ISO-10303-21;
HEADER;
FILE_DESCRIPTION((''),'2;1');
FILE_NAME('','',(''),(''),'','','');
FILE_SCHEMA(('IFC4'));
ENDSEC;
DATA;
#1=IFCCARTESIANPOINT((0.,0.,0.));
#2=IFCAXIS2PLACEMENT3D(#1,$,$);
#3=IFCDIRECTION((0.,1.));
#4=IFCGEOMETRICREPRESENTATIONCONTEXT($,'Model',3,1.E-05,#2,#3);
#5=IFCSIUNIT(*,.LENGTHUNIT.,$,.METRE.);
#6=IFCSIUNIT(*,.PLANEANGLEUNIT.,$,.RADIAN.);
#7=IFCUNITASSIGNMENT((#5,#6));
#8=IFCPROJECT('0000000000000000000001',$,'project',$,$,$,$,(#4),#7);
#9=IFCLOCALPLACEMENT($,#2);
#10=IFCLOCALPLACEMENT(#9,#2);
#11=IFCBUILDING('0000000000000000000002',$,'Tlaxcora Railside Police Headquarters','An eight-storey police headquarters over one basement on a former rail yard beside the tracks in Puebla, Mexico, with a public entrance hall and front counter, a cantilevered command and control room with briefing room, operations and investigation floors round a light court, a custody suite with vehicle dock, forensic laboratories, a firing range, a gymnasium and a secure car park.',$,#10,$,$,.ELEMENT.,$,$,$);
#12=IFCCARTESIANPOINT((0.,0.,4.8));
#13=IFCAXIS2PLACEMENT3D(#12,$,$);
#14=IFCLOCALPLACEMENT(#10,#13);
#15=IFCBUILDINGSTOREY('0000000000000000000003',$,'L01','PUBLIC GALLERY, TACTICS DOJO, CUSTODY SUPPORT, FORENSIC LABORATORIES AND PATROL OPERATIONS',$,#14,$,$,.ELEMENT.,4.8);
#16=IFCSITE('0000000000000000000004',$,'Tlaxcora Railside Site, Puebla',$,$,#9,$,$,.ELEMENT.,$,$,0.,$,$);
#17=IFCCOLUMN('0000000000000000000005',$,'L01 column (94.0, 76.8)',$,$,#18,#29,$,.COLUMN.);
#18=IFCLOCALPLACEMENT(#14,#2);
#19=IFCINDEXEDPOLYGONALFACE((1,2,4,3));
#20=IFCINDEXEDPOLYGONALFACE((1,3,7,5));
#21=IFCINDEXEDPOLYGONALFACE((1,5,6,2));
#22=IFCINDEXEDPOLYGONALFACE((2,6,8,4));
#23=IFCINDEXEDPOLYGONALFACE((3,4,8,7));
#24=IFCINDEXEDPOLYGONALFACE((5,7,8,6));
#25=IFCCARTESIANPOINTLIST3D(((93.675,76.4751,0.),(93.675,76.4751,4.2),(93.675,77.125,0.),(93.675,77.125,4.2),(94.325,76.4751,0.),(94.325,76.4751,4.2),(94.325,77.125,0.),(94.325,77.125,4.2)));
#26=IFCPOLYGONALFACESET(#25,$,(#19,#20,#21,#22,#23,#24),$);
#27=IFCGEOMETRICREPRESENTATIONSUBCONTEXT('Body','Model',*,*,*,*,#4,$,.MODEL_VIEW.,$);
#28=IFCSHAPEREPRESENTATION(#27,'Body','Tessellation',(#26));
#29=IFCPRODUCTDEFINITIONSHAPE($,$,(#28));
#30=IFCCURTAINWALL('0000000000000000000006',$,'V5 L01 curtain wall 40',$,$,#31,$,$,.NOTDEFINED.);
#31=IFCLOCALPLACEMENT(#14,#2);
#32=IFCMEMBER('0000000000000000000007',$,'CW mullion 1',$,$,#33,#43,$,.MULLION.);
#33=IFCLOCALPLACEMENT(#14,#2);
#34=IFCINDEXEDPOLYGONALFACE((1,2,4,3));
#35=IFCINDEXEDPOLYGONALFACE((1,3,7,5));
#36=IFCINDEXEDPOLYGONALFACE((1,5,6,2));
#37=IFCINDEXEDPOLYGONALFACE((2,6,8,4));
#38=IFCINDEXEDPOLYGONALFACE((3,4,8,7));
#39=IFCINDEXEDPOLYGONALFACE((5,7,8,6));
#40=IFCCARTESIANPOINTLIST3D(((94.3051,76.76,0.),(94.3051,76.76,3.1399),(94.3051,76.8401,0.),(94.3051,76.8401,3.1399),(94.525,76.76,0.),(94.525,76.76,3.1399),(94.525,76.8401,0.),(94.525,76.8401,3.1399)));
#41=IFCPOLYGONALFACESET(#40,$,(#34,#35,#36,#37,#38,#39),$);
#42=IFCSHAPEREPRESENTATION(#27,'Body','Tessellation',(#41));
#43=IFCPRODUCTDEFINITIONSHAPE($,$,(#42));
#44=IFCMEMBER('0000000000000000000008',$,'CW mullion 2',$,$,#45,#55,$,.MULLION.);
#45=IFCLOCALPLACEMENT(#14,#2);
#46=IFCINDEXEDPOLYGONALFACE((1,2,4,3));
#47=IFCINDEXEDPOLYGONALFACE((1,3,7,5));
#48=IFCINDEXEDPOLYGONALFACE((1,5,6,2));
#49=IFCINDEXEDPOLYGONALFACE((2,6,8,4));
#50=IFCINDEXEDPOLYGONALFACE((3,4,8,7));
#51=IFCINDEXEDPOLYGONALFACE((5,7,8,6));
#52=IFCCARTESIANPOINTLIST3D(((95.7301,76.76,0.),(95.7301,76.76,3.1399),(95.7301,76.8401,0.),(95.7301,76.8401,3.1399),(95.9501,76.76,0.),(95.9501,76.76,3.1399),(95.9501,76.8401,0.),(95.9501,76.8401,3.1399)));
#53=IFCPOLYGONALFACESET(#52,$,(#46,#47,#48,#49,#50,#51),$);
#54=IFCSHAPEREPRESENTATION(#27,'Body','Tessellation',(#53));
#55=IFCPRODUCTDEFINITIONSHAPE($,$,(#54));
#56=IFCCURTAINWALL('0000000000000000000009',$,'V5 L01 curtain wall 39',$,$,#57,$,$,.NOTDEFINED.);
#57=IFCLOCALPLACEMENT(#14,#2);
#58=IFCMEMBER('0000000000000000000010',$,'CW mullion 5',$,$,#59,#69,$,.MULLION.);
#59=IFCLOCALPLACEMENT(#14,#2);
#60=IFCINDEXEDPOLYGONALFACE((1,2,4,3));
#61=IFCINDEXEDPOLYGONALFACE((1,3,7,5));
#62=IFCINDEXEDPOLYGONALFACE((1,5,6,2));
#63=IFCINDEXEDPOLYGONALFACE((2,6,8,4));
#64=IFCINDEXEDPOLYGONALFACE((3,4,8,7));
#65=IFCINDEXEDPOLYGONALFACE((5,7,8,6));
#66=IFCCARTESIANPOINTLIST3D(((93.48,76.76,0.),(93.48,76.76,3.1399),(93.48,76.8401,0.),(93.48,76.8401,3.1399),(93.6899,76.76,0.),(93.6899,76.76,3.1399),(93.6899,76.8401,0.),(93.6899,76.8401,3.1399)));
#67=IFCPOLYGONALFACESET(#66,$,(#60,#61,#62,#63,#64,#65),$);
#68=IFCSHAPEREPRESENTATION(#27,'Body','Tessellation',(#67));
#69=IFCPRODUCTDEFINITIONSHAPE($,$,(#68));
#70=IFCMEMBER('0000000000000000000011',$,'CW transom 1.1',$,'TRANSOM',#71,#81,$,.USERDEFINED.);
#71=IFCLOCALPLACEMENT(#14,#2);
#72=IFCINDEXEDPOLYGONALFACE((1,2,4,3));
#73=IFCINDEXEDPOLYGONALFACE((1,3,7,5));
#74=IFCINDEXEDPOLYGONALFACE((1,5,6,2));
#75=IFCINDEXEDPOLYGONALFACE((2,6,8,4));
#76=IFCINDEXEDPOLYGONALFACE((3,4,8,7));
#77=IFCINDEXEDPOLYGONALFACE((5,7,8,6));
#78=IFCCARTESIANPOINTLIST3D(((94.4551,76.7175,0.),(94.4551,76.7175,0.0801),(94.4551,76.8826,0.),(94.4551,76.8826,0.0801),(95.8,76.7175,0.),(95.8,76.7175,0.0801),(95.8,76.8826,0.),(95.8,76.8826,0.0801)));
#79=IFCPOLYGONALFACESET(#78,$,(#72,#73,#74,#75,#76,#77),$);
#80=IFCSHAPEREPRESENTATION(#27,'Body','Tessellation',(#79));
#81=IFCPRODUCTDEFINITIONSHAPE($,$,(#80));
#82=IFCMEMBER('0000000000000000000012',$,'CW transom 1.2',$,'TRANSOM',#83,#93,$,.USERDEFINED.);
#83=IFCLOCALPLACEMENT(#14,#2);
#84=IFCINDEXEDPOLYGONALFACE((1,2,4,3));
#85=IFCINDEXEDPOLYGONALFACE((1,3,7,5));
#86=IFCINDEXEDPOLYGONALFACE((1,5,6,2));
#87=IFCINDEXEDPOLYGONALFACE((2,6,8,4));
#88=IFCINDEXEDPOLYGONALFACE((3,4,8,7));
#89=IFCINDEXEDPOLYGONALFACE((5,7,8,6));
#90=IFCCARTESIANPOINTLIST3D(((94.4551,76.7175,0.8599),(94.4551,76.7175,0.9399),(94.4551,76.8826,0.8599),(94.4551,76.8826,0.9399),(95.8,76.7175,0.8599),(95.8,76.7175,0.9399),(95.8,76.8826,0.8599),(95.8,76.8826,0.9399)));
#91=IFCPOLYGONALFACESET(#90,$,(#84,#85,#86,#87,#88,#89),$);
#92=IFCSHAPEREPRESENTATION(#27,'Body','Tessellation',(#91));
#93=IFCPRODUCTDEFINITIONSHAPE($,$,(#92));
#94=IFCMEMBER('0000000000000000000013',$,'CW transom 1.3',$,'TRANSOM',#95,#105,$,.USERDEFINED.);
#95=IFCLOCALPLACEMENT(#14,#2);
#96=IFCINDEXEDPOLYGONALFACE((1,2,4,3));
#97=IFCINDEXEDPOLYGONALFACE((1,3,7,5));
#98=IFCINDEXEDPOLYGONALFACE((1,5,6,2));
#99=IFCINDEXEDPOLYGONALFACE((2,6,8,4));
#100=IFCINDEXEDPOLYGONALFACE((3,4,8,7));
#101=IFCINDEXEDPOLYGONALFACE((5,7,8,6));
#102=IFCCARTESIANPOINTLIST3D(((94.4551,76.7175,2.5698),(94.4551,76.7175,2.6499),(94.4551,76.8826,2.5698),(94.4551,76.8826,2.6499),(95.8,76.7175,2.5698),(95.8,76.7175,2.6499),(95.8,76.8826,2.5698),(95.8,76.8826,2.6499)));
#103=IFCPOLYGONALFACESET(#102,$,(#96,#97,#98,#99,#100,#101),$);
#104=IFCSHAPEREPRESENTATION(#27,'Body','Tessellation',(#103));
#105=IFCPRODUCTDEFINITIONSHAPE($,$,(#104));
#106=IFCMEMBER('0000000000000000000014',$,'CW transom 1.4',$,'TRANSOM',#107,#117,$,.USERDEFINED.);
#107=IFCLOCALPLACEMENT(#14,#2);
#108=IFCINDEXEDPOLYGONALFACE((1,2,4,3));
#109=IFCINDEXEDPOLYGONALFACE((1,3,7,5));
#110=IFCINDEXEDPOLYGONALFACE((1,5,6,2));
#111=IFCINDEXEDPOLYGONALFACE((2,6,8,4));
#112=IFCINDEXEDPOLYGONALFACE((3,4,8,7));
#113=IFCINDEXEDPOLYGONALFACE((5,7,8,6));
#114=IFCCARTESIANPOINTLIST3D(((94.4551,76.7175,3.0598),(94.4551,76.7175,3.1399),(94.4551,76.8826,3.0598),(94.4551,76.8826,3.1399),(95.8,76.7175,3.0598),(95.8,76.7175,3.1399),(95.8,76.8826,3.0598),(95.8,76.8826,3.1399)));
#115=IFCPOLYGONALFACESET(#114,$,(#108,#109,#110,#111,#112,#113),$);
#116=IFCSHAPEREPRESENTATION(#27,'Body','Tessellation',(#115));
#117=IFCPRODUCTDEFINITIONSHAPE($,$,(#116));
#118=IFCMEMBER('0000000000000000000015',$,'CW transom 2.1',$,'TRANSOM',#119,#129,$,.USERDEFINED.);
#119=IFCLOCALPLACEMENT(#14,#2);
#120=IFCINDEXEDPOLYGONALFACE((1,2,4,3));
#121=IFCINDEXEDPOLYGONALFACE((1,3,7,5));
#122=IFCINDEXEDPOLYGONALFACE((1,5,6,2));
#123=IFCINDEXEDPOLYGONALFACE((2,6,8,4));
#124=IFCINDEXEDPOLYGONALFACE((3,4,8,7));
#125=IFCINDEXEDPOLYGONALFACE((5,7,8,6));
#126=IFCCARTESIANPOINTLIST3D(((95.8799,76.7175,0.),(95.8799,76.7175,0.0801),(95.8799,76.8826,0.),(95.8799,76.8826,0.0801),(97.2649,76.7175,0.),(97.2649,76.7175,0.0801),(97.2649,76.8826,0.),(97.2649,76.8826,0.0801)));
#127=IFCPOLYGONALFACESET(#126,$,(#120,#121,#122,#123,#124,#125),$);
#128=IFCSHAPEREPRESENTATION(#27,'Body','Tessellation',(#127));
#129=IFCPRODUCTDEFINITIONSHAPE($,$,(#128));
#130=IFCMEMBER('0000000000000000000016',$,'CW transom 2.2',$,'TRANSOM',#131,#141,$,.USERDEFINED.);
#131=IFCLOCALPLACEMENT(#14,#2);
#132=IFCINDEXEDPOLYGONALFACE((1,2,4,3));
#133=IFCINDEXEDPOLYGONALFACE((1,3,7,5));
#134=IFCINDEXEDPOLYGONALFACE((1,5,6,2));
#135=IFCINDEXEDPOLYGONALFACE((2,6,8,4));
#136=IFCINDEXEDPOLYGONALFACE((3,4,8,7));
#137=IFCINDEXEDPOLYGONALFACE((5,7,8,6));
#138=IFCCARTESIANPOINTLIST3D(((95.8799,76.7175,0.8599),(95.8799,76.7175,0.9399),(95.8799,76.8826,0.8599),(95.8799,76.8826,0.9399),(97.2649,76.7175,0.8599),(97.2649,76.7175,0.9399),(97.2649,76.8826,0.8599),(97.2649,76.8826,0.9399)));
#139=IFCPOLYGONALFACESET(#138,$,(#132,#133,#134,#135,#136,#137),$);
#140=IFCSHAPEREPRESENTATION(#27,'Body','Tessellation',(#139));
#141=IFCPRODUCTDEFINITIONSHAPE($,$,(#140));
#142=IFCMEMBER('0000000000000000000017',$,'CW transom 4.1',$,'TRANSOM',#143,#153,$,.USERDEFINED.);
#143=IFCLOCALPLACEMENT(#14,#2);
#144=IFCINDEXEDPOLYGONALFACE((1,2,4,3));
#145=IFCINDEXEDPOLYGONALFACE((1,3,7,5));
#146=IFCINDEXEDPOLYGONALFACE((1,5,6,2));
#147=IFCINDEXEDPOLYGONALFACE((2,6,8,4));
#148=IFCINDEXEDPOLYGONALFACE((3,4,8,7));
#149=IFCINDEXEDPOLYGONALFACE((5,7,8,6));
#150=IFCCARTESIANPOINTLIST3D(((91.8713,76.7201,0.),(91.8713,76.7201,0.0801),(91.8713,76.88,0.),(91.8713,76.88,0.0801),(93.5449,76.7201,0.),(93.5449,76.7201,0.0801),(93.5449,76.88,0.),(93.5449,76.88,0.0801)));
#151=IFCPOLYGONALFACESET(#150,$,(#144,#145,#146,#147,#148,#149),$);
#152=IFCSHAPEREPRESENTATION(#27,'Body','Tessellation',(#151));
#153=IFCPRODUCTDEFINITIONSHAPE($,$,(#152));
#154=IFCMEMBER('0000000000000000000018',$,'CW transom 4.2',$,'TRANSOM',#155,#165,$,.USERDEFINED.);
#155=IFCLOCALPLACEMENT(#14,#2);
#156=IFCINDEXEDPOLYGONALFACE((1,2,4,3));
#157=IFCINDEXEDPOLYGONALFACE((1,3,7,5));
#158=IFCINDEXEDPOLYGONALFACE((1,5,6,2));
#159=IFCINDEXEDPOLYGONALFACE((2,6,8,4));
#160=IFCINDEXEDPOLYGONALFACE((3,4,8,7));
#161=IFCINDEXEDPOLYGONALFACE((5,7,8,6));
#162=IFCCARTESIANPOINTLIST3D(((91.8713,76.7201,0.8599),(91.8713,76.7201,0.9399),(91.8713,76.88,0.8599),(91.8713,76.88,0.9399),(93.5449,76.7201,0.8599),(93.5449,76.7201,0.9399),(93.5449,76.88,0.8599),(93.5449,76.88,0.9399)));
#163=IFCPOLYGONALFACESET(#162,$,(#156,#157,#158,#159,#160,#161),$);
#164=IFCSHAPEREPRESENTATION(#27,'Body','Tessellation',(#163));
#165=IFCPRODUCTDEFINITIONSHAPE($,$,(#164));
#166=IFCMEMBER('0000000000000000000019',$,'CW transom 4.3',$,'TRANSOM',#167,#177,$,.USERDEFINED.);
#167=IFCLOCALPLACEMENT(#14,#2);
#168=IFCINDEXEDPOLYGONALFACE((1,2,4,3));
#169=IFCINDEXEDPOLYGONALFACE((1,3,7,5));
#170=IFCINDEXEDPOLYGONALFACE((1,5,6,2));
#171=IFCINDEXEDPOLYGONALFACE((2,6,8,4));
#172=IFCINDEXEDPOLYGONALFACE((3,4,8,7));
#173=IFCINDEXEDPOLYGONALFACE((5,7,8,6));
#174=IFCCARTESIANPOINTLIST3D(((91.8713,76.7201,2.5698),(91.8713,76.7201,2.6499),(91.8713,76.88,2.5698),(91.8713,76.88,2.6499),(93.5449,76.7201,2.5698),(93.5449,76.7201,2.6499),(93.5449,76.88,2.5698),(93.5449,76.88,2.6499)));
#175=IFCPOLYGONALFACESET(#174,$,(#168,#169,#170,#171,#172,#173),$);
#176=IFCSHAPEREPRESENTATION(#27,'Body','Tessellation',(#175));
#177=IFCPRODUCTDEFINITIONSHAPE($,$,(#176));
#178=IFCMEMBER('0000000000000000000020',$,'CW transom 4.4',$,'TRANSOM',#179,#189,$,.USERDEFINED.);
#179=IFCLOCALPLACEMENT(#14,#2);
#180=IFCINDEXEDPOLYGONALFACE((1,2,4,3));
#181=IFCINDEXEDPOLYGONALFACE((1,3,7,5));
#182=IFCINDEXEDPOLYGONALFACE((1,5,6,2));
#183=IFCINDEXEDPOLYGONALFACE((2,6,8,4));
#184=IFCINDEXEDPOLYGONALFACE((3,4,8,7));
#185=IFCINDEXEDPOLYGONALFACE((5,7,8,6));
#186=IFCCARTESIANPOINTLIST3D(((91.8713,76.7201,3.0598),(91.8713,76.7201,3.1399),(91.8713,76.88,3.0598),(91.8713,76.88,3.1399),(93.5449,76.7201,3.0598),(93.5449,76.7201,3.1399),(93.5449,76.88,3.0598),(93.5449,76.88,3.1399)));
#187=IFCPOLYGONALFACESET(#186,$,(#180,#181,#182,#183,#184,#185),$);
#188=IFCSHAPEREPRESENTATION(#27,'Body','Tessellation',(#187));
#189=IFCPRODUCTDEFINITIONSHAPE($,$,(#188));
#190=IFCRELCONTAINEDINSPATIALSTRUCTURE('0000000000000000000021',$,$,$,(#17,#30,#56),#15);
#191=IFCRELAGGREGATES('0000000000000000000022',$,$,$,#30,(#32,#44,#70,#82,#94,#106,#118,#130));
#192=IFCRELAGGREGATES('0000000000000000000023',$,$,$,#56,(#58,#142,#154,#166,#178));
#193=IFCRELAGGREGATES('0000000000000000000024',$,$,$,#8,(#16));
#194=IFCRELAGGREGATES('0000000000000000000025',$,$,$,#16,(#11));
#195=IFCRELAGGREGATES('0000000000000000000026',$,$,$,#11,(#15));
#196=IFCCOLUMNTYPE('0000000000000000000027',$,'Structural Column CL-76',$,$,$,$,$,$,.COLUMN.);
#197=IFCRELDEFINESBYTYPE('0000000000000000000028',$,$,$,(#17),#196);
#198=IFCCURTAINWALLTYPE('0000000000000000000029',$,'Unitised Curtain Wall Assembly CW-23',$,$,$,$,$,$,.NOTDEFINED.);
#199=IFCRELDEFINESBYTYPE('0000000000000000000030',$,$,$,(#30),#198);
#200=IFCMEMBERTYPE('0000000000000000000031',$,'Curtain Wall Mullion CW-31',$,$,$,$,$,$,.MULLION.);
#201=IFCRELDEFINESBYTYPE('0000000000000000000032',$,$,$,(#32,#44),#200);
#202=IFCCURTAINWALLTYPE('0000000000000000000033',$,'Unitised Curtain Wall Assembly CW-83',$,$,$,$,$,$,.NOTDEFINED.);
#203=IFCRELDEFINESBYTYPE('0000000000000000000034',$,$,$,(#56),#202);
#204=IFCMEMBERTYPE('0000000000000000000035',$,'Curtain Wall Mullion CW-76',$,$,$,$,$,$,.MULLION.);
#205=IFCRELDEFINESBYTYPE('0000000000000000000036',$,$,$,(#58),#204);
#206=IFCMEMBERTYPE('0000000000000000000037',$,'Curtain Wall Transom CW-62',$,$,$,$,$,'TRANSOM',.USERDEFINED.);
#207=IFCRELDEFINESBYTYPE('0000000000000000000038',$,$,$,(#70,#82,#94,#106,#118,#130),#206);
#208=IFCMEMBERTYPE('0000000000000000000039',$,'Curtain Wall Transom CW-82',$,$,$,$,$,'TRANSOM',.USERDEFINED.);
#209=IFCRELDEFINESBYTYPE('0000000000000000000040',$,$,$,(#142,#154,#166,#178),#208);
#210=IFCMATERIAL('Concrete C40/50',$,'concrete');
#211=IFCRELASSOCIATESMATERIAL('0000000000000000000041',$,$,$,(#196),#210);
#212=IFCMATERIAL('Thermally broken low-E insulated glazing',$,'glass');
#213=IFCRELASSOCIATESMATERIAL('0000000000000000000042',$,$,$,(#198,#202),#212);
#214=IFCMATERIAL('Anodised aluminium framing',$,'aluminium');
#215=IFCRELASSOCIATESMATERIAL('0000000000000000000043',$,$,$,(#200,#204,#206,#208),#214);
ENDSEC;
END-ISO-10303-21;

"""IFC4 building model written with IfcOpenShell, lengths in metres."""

from ifc_helpers import new_model, si_unit, direction, frame, origin, origin_2d, place, context, subcontext, project, spatial, rectangle, extrude, material, material_profile, profile_set, type_object, element, aggregate, save


model = new_model("IFC4")

# Units and contexts
model_context = context("Model", 3, precision=1e-05, world=origin(), true_north=direction((0.0, 1.0)))
body_context = subcontext(model_context, "Body", "Model", "MODEL_VIEW")
ifc_project = project(units=[si_unit("LENGTHUNIT", "METRE"), si_unit("PLANEANGLEUNIT", "RADIAN")], contexts=[model_context])

# Site, building, storey
site_placement = place(None, origin())
site = spatial("IfcSite", under=ifc_project, at=site_placement, Name="Tlaxcora Railside Site, Puebla", CompositionType="ELEMENT", RefElevation=0.0)
building_placement = place(site_placement, origin())
building = spatial("IfcBuilding", under=site, at=building_placement, Name="Tlaxcora Railside Police Headquarters", Description="An eight-storey police headquarters over one basement on a former rail yard beside the tracks in Puebla, Mexico, with a public entrance hall and front counter, a cantilevered command and control room with briefing room, operations and investigation floors round a light court, a custody suite with vehicle dock, forensic laboratories, a firing range, a gymnasium and a secure car park.", CompositionType="ELEMENT")
storey_placement = place(building_placement, frame((0.0, 0.0, 4.8)))
storey = spatial("IfcBuildingStorey", under=building, at=storey_placement, Name="L01", Description="PUBLIC GALLERY, TACTICS DOJO, CUSTODY SUPPORT, FORENSIC LABORATORIES AND PATROL OPERATIONS", CompositionType="ELEMENT", Elevation=4.8)

# Column
ifc_material_1 = material(Name="Concrete C40/50", Category="concrete")
ifc_material_profile_1 = material_profile(ifc_material_1, rectangle(XDim=0.6499, YDim=0.6499, at=origin_2d()), Name="RC650X650")
ifc_profile_set_1 = profile_set([ifc_material_profile_1], Name="Concrete C40/50")
column_type = type_object("IfcColumnType", Name="Structural Column CL-76", PredefinedType="COLUMN", material=ifc_profile_set_1)
column_placement = place(storey_placement, frame((94.0, 76.8, 0.0), z_axis=(0.0, 0.0, 1.0), x_axis=(1.0, 0.0, 0.0)))
element("IfcColumn", 1, at=column_placement, inside=storey, type_object=column_type, Name="L01 column (94.0, 76.8)", PredefinedType="COLUMN", context=body_context, shape_type="SweptSolid", body=[
    extrude(rectangle(XDim=0.6499, YDim=0.6499, at=origin_2d()), origin(), (0.0, 0.0, 1.0), 4.2),
])

# Curtain wall, members
ifc_material_2 = material(Name="Thermally broken low-E insulated glazing", Category="glass")
curtain_wall_type_1 = type_object("IfcCurtainWallType", Name="Unitised Curtain Wall Assembly CW-23", PredefinedType="NOTDEFINED", material=ifc_material_2)
curtain_wall_1_placement = place(storey_placement, origin())
curtain_wall_1 = element("IfcCurtainWall", 2, at=curtain_wall_1_placement, inside=storey, type_object=curtain_wall_type_1, Name="V5 L01 curtain wall 40", PredefinedType="NOTDEFINED")
ifc_material_3 = material(Name="Anodised aluminium framing", Category="aluminium")
ifc_material_profile_2 = material_profile(ifc_material_3, rectangle(XDim=0.0801, YDim=0.22, at=origin_2d()), Name="AL80X220")
ifc_profile_set_2 = profile_set([ifc_material_profile_2], Name="Anodised aluminium framing")
member_type_1 = type_object("IfcMemberType", Name="Curtain Wall Mullion CW-31", PredefinedType="MULLION", material=ifc_profile_set_2)
member_1_placement = place(storey_placement, frame((94.415, 76.8, 0.0), z_axis=(0.0, 0.0, 1.0), x_axis=(0.0, 1.0, 0.0)))
member_1 = element("IfcMember", 3, at=member_1_placement, type_object=member_type_1, Name="CW mullion 1", PredefinedType="MULLION", context=body_context, shape_type="SweptSolid", body=[
    extrude(rectangle(XDim=0.0801, YDim=0.22, at=origin_2d()), origin(), (0.0, 0.0, 1.0), 3.1399),
])
member_2_placement = place(storey_placement, frame((95.8401, 76.8, 0.0), z_axis=(0.0, 0.0, 1.0), x_axis=(0.0, 1.0, 0.0)))
member_2 = element("IfcMember", 4, at=member_2_placement, type_object=member_type_1, Name="CW mullion 2", PredefinedType="MULLION", context=body_context, shape_type="SweptSolid", body=[
    extrude(rectangle(XDim=0.0801, YDim=0.22, at=origin_2d()), origin(), (0.0, 0.0, 1.0), 3.1399),
])

# Curtain wall, member
curtain_wall_type_2 = type_object("IfcCurtainWallType", Name="Unitised Curtain Wall Assembly CW-83", PredefinedType="NOTDEFINED", material=ifc_material_2)
curtain_wall_2_placement = place(storey_placement, origin())
curtain_wall_2 = element("IfcCurtainWall", 5, at=curtain_wall_2_placement, inside=storey, type_object=curtain_wall_type_2, Name="V5 L01 curtain wall 39", PredefinedType="NOTDEFINED")
ifc_material_profile_3 = material_profile(ifc_material_3, rectangle(XDim=0.0801, YDim=0.21, at=origin_2d()), Name="AL80X210")
ifc_profile_set_3 = profile_set([ifc_material_profile_3], Name="Anodised aluminium framing")
member_type_2 = type_object("IfcMemberType", Name="Curtain Wall Mullion CW-76", PredefinedType="MULLION", material=ifc_profile_set_3)
member_3_placement = place(storey_placement, frame((93.585, 76.8, 0.0), z_axis=(0.0, 0.0, 1.0), x_axis=(0.0, 1.0, 0.0)))
member_3 = element("IfcMember", 6, at=member_3_placement, type_object=member_type_2, Name="CW mullion 5", PredefinedType="MULLION", context=body_context, shape_type="SweptSolid", body=[
    extrude(rectangle(XDim=0.0801, YDim=0.21, at=origin_2d()), origin(), (0.0, 0.0, 1.0), 3.1399),
])

# Members
ifc_material_profile_4 = material_profile(ifc_material_3, rectangle(XDim=0.165, YDim=0.0801, at=origin_2d()), Name="AL80X165")
ifc_profile_set_4 = profile_set([ifc_material_profile_4], Name="Anodised aluminium framing")
member_type_3 = type_object("IfcMemberType", Name="Curtain Wall Transom CW-62", ElementType="TRANSOM", PredefinedType="USERDEFINED", material=ifc_profile_set_4)
member_4_placement = place(storey_placement, frame((94.4551, 76.8, 0.04), z_axis=(1.0, 0.0, 0.0), x_axis=(0.0, 1.0, 0.0)))
member_4 = element("IfcMember", 7, at=member_4_placement, type_object=member_type_3, Name="CW transom 1.1", ObjectType="TRANSOM", PredefinedType="USERDEFINED", context=body_context, shape_type="SweptSolid", body=[
    extrude(rectangle(XDim=0.165, YDim=0.0801, at=origin_2d()), origin(), (0.0, 0.0, 1.0), 1.345),
])
member_5_placement = place(storey_placement, frame((94.4551, 76.8, 0.8999), z_axis=(1.0, 0.0, 0.0), x_axis=(0.0, 1.0, 0.0)))
member_5 = element("IfcMember", 8, at=member_5_placement, type_object=member_type_3, Name="CW transom 1.2", ObjectType="TRANSOM", PredefinedType="USERDEFINED", context=body_context, shape_type="SweptSolid", body=[
    extrude(rectangle(XDim=0.165, YDim=0.0801, at=origin_2d()), origin(), (0.0, 0.0, 1.0), 1.345),
])
member_6_placement = place(storey_placement, frame((94.4551, 76.8, 2.6099), z_axis=(1.0, 0.0, 0.0), x_axis=(0.0, 1.0, 0.0)))
member_6 = element("IfcMember", 9, at=member_6_placement, type_object=member_type_3, Name="CW transom 1.3", ObjectType="TRANSOM", PredefinedType="USERDEFINED", context=body_context, shape_type="SweptSolid", body=[
    extrude(rectangle(XDim=0.165, YDim=0.0801, at=origin_2d()), origin(), (0.0, 0.0, 1.0), 1.345),
])
member_7_placement = place(storey_placement, frame((94.4551, 76.8, 3.0999), z_axis=(1.0, 0.0, 0.0), x_axis=(0.0, 1.0, 0.0)))
member_7 = element("IfcMember", 10, at=member_7_placement, type_object=member_type_3, Name="CW transom 1.4", ObjectType="TRANSOM", PredefinedType="USERDEFINED", context=body_context, shape_type="SweptSolid", body=[
    extrude(rectangle(XDim=0.165, YDim=0.0801, at=origin_2d()), origin(), (0.0, 0.0, 1.0), 1.345),
])
member_8_placement = place(storey_placement, frame((95.8799, 76.8, 0.04), z_axis=(1.0, 0.0, 0.0), x_axis=(0.0, 1.0, 0.0)))
member_8 = element("IfcMember", 11, at=member_8_placement, type_object=member_type_3, Name="CW transom 2.1", ObjectType="TRANSOM", PredefinedType="USERDEFINED", context=body_context, shape_type="SweptSolid", body=[
    extrude(rectangle(XDim=0.165, YDim=0.0801, at=origin_2d()), origin(), (0.0, 0.0, 1.0), 1.385),
])
member_9_placement = place(storey_placement, frame((95.8799, 76.8, 0.8999), z_axis=(1.0, 0.0, 0.0), x_axis=(0.0, 1.0, 0.0)))
member_9 = element("IfcMember", 12, at=member_9_placement, type_object=member_type_3, Name="CW transom 2.2", ObjectType="TRANSOM", PredefinedType="USERDEFINED", context=body_context, shape_type="SweptSolid", body=[
    extrude(rectangle(XDim=0.165, YDim=0.0801, at=origin_2d()), origin(), (0.0, 0.0, 1.0), 1.385),
])
ifc_material_profile_5 = material_profile(ifc_material_3, rectangle(XDim=0.1599, YDim=0.0801, at=origin_2d()), Name="AL80X160")
ifc_profile_set_5 = profile_set([ifc_material_profile_5], Name="Anodised aluminium framing")
member_type_4 = type_object("IfcMemberType", Name="Curtain Wall Transom CW-82", ElementType="TRANSOM", PredefinedType="USERDEFINED", material=ifc_profile_set_5)
member_10_placement = place(storey_placement, frame((91.8713, 76.8, 0.04), z_axis=(1.0, 0.0, 0.0), x_axis=(0.0, 1.0, 0.0)))
member_10 = element("IfcMember", 13, at=member_10_placement, type_object=member_type_4, Name="CW transom 4.1", ObjectType="TRANSOM", PredefinedType="USERDEFINED", context=body_context, shape_type="SweptSolid", body=[
    extrude(rectangle(XDim=0.1599, YDim=0.0801, at=origin_2d()), origin(), (0.0, 0.0, 1.0), 1.6736),
])
member_11_placement = place(storey_placement, frame((91.8713, 76.8, 0.8999), z_axis=(1.0, 0.0, 0.0), x_axis=(0.0, 1.0, 0.0)))
member_11 = element("IfcMember", 14, at=member_11_placement, type_object=member_type_4, Name="CW transom 4.2", ObjectType="TRANSOM", PredefinedType="USERDEFINED", context=body_context, shape_type="SweptSolid", body=[
    extrude(rectangle(XDim=0.1599, YDim=0.0801, at=origin_2d()), origin(), (0.0, 0.0, 1.0), 1.6736),
])
member_12_placement = place(storey_placement, frame((91.8713, 76.8, 2.6099), z_axis=(1.0, 0.0, 0.0), x_axis=(0.0, 1.0, 0.0)))
member_12 = element("IfcMember", 15, at=member_12_placement, type_object=member_type_4, Name="CW transom 4.3", ObjectType="TRANSOM", PredefinedType="USERDEFINED", context=body_context, shape_type="SweptSolid", body=[
    extrude(rectangle(XDim=0.1599, YDim=0.0801, at=origin_2d()), origin(), (0.0, 0.0, 1.0), 1.6736),
])
member_13_placement = place(storey_placement, frame((91.8713, 76.8, 3.0999), z_axis=(1.0, 0.0, 0.0), x_axis=(0.0, 1.0, 0.0)))
member_13 = element("IfcMember", 16, at=member_13_placement, type_object=member_type_4, Name="CW transom 4.4", ObjectType="TRANSOM", PredefinedType="USERDEFINED", context=body_context, shape_type="SweptSolid", body=[
    extrude(rectangle(XDim=0.1599, YDim=0.0801, at=origin_2d()), origin(), (0.0, 0.0, 1.0), 1.6736),
])

aggregate(curtain_wall_1, [member_1, member_2, member_4, member_5, member_6, member_7, member_8, member_9])
aggregate(curtain_wall_2, [member_3, member_10, member_11, member_12, member_13])

save(model, "model.ifc")
